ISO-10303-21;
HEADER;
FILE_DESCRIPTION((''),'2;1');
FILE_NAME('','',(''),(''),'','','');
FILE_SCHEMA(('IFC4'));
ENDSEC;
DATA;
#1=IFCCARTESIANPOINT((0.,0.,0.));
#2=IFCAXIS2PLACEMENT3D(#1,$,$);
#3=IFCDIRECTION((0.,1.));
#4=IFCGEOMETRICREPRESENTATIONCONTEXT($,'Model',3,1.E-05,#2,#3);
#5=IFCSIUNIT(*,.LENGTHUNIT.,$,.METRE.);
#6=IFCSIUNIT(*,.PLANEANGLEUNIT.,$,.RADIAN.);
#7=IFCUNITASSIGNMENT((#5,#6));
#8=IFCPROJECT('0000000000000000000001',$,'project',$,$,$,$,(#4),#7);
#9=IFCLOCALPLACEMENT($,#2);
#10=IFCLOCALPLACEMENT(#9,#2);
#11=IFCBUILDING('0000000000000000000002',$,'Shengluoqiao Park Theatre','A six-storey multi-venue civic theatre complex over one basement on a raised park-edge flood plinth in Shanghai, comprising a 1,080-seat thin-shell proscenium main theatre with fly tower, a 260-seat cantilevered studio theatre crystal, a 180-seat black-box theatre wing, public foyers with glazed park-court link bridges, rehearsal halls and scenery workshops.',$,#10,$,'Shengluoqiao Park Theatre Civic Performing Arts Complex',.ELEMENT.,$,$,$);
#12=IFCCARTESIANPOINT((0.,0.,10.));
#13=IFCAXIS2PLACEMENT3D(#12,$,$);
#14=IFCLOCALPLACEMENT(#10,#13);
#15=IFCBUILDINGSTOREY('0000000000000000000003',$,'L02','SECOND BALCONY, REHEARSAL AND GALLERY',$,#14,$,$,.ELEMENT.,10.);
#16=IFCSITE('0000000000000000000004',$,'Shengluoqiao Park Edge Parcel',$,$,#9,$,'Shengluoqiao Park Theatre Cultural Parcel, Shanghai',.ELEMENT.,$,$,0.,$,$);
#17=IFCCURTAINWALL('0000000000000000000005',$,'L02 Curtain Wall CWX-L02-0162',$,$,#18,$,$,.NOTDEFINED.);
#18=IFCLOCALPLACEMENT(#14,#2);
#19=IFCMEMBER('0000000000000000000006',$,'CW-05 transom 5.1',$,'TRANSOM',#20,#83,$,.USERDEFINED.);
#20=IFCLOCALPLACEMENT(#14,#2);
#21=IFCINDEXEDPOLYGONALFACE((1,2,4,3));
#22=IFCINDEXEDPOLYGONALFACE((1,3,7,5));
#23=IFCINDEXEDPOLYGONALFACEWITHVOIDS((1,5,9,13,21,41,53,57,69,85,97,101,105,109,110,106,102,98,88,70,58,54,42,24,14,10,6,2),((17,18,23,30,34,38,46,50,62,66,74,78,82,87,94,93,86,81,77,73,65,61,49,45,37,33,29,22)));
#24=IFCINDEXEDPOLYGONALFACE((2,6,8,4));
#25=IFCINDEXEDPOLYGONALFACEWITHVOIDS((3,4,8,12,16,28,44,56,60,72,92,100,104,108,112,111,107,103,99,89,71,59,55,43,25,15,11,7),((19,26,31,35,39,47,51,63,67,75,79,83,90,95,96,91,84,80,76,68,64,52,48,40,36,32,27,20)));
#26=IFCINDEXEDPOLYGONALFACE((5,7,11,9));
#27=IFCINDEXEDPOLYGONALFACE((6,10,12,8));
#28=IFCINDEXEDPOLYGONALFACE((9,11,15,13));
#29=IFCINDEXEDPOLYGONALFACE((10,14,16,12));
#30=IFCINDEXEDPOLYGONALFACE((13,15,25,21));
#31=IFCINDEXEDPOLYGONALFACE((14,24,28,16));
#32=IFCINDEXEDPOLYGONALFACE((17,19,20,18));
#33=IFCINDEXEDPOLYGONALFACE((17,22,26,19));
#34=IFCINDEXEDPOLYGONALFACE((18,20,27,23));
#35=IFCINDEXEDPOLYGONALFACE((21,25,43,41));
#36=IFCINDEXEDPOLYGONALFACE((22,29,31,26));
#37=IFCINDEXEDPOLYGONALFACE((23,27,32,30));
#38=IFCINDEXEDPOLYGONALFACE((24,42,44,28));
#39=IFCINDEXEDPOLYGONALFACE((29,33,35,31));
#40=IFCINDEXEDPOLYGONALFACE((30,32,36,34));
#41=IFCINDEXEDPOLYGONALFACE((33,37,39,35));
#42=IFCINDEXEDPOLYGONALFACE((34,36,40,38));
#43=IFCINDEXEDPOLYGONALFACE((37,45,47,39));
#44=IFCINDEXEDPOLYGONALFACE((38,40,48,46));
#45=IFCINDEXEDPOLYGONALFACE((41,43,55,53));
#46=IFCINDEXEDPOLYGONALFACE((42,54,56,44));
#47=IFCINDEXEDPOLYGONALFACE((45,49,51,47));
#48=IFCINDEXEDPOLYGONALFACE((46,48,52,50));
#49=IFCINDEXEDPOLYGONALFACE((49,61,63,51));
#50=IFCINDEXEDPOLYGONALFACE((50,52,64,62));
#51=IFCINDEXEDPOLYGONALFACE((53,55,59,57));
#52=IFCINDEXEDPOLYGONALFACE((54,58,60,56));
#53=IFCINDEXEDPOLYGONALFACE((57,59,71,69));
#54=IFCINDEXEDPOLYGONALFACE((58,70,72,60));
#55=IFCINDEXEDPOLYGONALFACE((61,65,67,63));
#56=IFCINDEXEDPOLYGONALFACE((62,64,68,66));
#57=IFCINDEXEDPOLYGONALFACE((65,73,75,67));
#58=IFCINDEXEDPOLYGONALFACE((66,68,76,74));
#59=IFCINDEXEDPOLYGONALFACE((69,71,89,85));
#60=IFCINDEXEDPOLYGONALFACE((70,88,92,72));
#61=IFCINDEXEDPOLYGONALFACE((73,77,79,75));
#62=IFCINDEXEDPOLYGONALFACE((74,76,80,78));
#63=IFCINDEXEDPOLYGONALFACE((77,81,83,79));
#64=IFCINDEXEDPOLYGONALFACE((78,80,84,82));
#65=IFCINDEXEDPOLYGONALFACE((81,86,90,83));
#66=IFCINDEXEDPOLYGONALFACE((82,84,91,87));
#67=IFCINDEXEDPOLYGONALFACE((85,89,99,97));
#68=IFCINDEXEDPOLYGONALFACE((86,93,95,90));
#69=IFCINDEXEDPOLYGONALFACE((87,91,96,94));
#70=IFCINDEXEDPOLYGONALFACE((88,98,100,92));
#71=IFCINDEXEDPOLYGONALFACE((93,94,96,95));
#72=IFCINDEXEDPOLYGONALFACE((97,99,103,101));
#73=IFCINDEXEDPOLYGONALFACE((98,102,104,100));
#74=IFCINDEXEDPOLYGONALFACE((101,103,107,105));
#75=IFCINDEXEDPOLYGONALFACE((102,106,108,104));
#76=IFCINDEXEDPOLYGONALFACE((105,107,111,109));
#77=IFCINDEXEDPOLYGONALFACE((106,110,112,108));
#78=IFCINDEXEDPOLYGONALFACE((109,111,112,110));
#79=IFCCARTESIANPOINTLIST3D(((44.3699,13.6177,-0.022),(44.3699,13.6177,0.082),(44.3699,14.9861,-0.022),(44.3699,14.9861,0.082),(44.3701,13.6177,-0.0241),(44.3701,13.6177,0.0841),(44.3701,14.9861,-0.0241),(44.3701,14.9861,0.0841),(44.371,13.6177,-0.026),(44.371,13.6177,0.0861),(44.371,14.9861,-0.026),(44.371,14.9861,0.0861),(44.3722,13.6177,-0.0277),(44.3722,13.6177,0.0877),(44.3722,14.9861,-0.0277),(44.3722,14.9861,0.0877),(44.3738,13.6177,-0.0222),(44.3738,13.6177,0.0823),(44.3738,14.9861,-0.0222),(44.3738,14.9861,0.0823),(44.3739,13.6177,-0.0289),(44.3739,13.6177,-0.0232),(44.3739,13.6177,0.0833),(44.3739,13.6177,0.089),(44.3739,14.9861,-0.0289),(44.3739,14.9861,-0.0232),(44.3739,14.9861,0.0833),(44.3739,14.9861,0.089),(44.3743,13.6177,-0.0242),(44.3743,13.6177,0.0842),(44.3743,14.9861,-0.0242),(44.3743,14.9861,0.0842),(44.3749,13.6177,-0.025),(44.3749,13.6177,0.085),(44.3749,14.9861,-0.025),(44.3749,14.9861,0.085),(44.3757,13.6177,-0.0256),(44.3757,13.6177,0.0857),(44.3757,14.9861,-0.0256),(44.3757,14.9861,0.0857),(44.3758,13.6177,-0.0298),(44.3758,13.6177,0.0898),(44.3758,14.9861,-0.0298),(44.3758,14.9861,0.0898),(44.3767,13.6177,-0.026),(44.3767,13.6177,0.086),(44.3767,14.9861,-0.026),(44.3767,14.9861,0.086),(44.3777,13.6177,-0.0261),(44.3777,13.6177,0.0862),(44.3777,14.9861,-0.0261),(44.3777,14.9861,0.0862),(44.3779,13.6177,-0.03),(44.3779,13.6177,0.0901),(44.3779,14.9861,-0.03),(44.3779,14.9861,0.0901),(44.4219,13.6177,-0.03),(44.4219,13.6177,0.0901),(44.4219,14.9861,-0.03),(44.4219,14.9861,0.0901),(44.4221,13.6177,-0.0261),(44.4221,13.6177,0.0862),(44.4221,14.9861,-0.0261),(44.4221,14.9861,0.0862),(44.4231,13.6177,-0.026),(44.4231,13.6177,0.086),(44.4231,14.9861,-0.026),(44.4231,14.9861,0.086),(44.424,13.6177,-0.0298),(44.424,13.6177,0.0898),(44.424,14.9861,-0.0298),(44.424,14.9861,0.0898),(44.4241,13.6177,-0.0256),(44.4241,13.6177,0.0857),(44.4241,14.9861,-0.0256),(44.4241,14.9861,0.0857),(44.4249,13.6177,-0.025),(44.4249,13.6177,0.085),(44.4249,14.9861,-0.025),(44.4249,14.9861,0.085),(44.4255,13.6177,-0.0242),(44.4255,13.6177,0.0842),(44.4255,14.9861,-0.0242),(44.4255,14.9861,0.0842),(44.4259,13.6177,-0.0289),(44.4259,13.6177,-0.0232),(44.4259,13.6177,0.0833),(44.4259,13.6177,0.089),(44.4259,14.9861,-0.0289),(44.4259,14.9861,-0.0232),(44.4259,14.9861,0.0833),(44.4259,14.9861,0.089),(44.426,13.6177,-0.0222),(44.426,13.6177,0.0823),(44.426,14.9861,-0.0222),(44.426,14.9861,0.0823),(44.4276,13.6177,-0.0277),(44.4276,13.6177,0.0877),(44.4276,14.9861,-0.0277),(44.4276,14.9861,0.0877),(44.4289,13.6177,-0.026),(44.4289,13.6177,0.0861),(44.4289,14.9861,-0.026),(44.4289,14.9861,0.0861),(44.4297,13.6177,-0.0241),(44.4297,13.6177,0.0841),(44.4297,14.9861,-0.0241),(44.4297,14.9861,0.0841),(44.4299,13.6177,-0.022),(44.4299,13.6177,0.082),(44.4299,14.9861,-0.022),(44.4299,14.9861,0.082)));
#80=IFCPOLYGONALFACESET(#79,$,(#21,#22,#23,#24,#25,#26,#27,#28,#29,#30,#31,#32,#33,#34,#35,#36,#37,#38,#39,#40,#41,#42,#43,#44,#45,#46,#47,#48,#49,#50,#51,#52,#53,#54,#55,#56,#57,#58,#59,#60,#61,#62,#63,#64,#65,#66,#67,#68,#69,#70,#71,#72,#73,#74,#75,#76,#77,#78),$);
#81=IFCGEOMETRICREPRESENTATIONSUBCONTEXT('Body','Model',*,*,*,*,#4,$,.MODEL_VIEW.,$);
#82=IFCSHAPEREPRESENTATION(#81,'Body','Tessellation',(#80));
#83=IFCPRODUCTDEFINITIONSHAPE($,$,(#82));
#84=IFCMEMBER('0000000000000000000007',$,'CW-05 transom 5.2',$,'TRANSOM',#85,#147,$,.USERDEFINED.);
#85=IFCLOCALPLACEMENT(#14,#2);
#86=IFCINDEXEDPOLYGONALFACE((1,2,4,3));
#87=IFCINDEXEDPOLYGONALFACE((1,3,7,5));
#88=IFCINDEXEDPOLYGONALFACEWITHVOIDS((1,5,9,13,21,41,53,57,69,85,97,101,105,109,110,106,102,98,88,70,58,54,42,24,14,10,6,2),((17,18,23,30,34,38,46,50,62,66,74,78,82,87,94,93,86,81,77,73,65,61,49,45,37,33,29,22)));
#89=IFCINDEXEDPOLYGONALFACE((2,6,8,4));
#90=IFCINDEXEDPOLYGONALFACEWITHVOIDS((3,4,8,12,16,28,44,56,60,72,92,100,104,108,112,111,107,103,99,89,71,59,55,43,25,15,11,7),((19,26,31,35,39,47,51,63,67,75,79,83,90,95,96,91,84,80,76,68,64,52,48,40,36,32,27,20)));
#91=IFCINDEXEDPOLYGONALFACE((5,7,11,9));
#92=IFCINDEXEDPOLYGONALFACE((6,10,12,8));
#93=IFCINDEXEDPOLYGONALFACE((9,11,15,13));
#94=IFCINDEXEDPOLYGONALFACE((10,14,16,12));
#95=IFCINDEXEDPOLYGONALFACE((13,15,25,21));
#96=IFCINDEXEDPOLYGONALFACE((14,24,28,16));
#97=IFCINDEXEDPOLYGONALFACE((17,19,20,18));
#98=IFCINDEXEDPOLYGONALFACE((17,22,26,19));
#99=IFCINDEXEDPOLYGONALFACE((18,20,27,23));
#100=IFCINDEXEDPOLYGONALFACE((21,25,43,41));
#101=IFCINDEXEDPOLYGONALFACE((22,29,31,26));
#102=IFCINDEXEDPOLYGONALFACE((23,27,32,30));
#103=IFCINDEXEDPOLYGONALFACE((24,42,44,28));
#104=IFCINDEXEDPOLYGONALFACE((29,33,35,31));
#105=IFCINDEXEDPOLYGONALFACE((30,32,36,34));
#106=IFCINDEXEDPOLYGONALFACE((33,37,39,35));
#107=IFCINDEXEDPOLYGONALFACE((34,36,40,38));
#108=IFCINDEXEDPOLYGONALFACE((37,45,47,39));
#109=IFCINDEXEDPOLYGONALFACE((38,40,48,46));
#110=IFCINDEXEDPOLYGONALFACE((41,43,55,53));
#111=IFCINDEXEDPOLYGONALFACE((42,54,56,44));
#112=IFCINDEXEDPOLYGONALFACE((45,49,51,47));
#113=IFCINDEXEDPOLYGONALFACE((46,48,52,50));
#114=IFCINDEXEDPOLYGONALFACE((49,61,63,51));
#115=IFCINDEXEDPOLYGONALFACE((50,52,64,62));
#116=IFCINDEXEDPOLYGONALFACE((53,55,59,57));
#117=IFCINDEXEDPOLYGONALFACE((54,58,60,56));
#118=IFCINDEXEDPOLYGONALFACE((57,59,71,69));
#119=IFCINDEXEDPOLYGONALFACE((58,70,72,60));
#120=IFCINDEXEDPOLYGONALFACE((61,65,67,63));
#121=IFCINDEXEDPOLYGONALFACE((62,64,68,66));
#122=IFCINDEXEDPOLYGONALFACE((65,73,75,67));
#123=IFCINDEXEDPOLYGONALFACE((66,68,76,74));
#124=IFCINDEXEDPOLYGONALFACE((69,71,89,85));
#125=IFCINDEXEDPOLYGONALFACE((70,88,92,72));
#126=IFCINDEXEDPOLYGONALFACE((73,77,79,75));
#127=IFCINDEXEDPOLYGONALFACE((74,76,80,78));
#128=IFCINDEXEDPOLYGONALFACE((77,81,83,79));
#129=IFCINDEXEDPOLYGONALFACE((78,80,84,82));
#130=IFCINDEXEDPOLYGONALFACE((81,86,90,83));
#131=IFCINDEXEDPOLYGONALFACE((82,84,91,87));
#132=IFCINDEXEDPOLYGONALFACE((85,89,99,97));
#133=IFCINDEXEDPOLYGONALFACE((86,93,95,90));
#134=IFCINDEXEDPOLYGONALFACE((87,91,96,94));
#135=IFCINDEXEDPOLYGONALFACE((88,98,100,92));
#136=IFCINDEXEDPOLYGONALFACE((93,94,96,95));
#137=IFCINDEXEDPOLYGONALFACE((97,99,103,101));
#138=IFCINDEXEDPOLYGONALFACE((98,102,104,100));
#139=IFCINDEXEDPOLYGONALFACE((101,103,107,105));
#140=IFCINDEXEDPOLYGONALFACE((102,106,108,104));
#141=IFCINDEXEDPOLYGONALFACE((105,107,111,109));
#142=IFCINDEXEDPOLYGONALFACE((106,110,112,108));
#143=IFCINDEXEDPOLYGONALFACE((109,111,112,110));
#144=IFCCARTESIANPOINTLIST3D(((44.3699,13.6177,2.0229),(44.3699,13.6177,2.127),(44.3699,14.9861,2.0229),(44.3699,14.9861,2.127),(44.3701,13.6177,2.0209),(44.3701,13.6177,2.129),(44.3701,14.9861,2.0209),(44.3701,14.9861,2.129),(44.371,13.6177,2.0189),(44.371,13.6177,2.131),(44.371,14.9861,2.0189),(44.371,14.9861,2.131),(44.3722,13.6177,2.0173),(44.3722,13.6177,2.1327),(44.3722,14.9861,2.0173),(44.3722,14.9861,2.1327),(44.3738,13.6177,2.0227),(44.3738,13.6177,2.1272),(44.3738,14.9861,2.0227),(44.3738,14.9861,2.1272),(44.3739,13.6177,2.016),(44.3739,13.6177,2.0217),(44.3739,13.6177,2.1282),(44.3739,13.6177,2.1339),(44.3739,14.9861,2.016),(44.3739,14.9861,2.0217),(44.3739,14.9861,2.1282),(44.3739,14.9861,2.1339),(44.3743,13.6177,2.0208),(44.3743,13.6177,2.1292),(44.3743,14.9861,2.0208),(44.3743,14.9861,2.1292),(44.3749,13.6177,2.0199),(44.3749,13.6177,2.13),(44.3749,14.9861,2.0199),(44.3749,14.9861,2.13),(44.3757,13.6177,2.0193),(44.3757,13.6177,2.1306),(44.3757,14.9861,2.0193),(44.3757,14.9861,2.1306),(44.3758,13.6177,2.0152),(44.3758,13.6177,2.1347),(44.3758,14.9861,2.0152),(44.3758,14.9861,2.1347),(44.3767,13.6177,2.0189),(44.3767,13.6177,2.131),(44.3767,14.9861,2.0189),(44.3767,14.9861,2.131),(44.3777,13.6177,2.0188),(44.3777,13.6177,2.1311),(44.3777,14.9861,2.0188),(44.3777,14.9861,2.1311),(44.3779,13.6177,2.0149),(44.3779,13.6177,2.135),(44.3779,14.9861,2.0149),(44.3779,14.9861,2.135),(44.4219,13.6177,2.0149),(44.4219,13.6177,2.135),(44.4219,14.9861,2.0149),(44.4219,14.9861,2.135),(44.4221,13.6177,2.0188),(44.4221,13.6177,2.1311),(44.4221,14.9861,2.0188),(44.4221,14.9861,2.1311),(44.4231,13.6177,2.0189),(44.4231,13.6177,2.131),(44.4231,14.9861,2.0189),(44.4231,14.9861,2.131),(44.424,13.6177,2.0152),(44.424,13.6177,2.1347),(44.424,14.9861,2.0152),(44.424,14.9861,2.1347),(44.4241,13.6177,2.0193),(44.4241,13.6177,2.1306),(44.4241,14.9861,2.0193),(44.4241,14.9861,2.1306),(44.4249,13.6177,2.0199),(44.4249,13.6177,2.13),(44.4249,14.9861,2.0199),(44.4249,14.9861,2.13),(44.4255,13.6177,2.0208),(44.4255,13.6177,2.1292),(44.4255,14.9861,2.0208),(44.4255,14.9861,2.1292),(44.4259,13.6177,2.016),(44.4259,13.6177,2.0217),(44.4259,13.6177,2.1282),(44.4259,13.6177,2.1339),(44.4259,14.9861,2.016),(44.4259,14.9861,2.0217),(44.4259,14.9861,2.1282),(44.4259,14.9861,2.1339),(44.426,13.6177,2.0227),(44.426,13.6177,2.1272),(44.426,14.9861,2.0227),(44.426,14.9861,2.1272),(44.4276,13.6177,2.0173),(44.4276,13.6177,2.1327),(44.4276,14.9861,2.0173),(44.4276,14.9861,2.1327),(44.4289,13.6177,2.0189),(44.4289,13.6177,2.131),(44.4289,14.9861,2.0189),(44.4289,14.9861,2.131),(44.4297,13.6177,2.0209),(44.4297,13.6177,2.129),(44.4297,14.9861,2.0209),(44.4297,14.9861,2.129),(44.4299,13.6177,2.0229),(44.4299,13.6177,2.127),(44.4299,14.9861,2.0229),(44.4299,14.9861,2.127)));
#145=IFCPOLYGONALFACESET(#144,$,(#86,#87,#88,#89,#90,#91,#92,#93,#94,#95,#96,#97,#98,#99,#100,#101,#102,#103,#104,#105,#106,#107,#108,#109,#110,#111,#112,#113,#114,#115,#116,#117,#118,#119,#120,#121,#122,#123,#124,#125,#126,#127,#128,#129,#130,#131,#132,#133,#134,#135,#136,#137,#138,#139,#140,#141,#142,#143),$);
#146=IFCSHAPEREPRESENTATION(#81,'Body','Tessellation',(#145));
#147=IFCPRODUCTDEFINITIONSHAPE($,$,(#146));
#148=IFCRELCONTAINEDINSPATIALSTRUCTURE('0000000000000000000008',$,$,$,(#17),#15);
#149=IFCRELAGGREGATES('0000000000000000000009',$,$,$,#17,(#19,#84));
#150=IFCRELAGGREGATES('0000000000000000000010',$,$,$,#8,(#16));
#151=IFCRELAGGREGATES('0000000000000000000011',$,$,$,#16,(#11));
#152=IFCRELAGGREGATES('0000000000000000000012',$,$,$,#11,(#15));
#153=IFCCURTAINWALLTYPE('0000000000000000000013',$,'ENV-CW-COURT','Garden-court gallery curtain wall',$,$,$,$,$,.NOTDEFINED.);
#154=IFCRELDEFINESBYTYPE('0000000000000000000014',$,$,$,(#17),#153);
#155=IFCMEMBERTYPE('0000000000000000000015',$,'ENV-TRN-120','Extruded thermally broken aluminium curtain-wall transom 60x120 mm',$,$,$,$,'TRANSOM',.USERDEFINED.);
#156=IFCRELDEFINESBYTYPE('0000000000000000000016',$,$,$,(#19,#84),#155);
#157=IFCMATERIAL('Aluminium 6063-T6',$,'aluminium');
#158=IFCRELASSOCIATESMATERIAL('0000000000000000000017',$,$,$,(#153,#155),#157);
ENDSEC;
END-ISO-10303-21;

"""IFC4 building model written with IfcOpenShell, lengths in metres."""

from ifc_helpers import new_model, si_unit, direction, frame, origin, origin_2d, place, context, subcontext, project, spatial, hollow_rectangle, extrude, material, material_profile, profile_set, type_object, element, aggregate, save


model = new_model("IFC4")

# Units and contexts
model_context = context("Model", 3, precision=1e-05, world=origin(), true_north=direction((0.0, 1.0)))
body_context = subcontext(model_context, "Body", "Model", "MODEL_VIEW")
ifc_project = project(units=[si_unit("LENGTHUNIT", "METRE"), si_unit("PLANEANGLEUNIT", "RADIAN")], contexts=[model_context])

# Site, building, storey
site_placement = place(None, origin())
site = spatial("IfcSite", under=ifc_project, at=site_placement, Name="Shengluoqiao Park Edge Parcel", LongName="Shengluoqiao Park Theatre Cultural Parcel, Shanghai", CompositionType="ELEMENT", RefElevation=0.0)
building_placement = place(site_placement, origin())
building = spatial("IfcBuilding", under=site, at=building_placement, Name="Shengluoqiao Park Theatre", Description="A six-storey multi-venue civic theatre complex over one basement on a raised park-edge flood plinth in Shanghai, comprising a 1,080-seat thin-shell proscenium main theatre with fly tower, a 260-seat cantilevered studio theatre crystal, a 180-seat black-box theatre wing, public foyers with glazed park-court link bridges, rehearsal halls and scenery workshops.", LongName="Shengluoqiao Park Theatre Civic Performing Arts Complex", CompositionType="ELEMENT")
storey_placement = place(building_placement, frame((0.0, 0.0, 10.0)))
storey = spatial("IfcBuildingStorey", under=building, at=storey_placement, Name="L02", Description="SECOND BALCONY, REHEARSAL AND GALLERY", CompositionType="ELEMENT", Elevation=10.0)

# Curtain wall
ifc_material_1 = material(Name="Aluminium 6063-T6", Category="aluminium")
curtain_wall_type = type_object("IfcCurtainWallType", Name="ENV-CW-COURT", Description="Garden-court gallery curtain wall", PredefinedType="NOTDEFINED", material=ifc_material_1)
curtain_wall_1_placement = place(storey_placement, origin())
curtain_wall_1 = element("IfcCurtainWall", 1, at=curtain_wall_1_placement, inside=storey, type_object=curtain_wall_type, Name="L02 Curtain Wall CWX-L02-0162", PredefinedType="NOTDEFINED")

# Members
ifc_material_profile_1 = material_profile(ifc_material_1, hollow_rectangle(XDim=0.0601, YDim=0.1201, WallThickness=0.0039, InnerFilletRadius=0.0039, OuterFilletRadius=0.0081, at=origin_2d()), Name="ALU TRANSOM 120x60x4")
ifc_profile_set_1 = profile_set([ifc_material_profile_1], Name="Aluminium 6063-T6")
member_type_1 = type_object("IfcMemberType", Name="ENV-TRN-120", Description="Extruded thermally broken aluminium curtain-wall transom 60x120 mm", ElementType="TRANSOM", PredefinedType="USERDEFINED", material=ifc_profile_set_1)
member_1_placement = place(storey_placement, frame((44.3999, 13.6177, 0.03), z_axis=(0.0, 1.0, 0.0), x_axis=(-1.0, 0.0, 0.0)))
member_1 = element("IfcMember", 2, at=member_1_placement, type_object=member_type_1, Name="CW-05 transom 5.1", ObjectType="TRANSOM", PredefinedType="USERDEFINED", context=body_context, shape_type="SweptSolid", body=[
    extrude(hollow_rectangle(XDim=0.0601, YDim=0.1201, WallThickness=0.0039, InnerFilletRadius=0.0039, OuterFilletRadius=0.0081, at=origin_2d()), origin(), (0.0, 0.0, 1.0), 1.3684),
])
member_2_placement = place(storey_placement, frame((44.3999, 13.6177, 2.075), z_axis=(0.0, 1.0, 0.0), x_axis=(-1.0, 0.0, 0.0)))
member_2 = element("IfcMember", 3, at=member_2_placement, type_object=member_type_1, Name="CW-05 transom 5.2", ObjectType="TRANSOM", PredefinedType="USERDEFINED", context=body_context, shape_type="SweptSolid", body=[
    extrude(hollow_rectangle(XDim=0.0601, YDim=0.1201, WallThickness=0.0039, InnerFilletRadius=0.0039, OuterFilletRadius=0.0081, at=origin_2d()), origin(), (0.0, 0.0, 1.0), 1.3684),
])

aggregate(curtain_wall_1, [member_1, member_2])

save(model, "model.ifc")
